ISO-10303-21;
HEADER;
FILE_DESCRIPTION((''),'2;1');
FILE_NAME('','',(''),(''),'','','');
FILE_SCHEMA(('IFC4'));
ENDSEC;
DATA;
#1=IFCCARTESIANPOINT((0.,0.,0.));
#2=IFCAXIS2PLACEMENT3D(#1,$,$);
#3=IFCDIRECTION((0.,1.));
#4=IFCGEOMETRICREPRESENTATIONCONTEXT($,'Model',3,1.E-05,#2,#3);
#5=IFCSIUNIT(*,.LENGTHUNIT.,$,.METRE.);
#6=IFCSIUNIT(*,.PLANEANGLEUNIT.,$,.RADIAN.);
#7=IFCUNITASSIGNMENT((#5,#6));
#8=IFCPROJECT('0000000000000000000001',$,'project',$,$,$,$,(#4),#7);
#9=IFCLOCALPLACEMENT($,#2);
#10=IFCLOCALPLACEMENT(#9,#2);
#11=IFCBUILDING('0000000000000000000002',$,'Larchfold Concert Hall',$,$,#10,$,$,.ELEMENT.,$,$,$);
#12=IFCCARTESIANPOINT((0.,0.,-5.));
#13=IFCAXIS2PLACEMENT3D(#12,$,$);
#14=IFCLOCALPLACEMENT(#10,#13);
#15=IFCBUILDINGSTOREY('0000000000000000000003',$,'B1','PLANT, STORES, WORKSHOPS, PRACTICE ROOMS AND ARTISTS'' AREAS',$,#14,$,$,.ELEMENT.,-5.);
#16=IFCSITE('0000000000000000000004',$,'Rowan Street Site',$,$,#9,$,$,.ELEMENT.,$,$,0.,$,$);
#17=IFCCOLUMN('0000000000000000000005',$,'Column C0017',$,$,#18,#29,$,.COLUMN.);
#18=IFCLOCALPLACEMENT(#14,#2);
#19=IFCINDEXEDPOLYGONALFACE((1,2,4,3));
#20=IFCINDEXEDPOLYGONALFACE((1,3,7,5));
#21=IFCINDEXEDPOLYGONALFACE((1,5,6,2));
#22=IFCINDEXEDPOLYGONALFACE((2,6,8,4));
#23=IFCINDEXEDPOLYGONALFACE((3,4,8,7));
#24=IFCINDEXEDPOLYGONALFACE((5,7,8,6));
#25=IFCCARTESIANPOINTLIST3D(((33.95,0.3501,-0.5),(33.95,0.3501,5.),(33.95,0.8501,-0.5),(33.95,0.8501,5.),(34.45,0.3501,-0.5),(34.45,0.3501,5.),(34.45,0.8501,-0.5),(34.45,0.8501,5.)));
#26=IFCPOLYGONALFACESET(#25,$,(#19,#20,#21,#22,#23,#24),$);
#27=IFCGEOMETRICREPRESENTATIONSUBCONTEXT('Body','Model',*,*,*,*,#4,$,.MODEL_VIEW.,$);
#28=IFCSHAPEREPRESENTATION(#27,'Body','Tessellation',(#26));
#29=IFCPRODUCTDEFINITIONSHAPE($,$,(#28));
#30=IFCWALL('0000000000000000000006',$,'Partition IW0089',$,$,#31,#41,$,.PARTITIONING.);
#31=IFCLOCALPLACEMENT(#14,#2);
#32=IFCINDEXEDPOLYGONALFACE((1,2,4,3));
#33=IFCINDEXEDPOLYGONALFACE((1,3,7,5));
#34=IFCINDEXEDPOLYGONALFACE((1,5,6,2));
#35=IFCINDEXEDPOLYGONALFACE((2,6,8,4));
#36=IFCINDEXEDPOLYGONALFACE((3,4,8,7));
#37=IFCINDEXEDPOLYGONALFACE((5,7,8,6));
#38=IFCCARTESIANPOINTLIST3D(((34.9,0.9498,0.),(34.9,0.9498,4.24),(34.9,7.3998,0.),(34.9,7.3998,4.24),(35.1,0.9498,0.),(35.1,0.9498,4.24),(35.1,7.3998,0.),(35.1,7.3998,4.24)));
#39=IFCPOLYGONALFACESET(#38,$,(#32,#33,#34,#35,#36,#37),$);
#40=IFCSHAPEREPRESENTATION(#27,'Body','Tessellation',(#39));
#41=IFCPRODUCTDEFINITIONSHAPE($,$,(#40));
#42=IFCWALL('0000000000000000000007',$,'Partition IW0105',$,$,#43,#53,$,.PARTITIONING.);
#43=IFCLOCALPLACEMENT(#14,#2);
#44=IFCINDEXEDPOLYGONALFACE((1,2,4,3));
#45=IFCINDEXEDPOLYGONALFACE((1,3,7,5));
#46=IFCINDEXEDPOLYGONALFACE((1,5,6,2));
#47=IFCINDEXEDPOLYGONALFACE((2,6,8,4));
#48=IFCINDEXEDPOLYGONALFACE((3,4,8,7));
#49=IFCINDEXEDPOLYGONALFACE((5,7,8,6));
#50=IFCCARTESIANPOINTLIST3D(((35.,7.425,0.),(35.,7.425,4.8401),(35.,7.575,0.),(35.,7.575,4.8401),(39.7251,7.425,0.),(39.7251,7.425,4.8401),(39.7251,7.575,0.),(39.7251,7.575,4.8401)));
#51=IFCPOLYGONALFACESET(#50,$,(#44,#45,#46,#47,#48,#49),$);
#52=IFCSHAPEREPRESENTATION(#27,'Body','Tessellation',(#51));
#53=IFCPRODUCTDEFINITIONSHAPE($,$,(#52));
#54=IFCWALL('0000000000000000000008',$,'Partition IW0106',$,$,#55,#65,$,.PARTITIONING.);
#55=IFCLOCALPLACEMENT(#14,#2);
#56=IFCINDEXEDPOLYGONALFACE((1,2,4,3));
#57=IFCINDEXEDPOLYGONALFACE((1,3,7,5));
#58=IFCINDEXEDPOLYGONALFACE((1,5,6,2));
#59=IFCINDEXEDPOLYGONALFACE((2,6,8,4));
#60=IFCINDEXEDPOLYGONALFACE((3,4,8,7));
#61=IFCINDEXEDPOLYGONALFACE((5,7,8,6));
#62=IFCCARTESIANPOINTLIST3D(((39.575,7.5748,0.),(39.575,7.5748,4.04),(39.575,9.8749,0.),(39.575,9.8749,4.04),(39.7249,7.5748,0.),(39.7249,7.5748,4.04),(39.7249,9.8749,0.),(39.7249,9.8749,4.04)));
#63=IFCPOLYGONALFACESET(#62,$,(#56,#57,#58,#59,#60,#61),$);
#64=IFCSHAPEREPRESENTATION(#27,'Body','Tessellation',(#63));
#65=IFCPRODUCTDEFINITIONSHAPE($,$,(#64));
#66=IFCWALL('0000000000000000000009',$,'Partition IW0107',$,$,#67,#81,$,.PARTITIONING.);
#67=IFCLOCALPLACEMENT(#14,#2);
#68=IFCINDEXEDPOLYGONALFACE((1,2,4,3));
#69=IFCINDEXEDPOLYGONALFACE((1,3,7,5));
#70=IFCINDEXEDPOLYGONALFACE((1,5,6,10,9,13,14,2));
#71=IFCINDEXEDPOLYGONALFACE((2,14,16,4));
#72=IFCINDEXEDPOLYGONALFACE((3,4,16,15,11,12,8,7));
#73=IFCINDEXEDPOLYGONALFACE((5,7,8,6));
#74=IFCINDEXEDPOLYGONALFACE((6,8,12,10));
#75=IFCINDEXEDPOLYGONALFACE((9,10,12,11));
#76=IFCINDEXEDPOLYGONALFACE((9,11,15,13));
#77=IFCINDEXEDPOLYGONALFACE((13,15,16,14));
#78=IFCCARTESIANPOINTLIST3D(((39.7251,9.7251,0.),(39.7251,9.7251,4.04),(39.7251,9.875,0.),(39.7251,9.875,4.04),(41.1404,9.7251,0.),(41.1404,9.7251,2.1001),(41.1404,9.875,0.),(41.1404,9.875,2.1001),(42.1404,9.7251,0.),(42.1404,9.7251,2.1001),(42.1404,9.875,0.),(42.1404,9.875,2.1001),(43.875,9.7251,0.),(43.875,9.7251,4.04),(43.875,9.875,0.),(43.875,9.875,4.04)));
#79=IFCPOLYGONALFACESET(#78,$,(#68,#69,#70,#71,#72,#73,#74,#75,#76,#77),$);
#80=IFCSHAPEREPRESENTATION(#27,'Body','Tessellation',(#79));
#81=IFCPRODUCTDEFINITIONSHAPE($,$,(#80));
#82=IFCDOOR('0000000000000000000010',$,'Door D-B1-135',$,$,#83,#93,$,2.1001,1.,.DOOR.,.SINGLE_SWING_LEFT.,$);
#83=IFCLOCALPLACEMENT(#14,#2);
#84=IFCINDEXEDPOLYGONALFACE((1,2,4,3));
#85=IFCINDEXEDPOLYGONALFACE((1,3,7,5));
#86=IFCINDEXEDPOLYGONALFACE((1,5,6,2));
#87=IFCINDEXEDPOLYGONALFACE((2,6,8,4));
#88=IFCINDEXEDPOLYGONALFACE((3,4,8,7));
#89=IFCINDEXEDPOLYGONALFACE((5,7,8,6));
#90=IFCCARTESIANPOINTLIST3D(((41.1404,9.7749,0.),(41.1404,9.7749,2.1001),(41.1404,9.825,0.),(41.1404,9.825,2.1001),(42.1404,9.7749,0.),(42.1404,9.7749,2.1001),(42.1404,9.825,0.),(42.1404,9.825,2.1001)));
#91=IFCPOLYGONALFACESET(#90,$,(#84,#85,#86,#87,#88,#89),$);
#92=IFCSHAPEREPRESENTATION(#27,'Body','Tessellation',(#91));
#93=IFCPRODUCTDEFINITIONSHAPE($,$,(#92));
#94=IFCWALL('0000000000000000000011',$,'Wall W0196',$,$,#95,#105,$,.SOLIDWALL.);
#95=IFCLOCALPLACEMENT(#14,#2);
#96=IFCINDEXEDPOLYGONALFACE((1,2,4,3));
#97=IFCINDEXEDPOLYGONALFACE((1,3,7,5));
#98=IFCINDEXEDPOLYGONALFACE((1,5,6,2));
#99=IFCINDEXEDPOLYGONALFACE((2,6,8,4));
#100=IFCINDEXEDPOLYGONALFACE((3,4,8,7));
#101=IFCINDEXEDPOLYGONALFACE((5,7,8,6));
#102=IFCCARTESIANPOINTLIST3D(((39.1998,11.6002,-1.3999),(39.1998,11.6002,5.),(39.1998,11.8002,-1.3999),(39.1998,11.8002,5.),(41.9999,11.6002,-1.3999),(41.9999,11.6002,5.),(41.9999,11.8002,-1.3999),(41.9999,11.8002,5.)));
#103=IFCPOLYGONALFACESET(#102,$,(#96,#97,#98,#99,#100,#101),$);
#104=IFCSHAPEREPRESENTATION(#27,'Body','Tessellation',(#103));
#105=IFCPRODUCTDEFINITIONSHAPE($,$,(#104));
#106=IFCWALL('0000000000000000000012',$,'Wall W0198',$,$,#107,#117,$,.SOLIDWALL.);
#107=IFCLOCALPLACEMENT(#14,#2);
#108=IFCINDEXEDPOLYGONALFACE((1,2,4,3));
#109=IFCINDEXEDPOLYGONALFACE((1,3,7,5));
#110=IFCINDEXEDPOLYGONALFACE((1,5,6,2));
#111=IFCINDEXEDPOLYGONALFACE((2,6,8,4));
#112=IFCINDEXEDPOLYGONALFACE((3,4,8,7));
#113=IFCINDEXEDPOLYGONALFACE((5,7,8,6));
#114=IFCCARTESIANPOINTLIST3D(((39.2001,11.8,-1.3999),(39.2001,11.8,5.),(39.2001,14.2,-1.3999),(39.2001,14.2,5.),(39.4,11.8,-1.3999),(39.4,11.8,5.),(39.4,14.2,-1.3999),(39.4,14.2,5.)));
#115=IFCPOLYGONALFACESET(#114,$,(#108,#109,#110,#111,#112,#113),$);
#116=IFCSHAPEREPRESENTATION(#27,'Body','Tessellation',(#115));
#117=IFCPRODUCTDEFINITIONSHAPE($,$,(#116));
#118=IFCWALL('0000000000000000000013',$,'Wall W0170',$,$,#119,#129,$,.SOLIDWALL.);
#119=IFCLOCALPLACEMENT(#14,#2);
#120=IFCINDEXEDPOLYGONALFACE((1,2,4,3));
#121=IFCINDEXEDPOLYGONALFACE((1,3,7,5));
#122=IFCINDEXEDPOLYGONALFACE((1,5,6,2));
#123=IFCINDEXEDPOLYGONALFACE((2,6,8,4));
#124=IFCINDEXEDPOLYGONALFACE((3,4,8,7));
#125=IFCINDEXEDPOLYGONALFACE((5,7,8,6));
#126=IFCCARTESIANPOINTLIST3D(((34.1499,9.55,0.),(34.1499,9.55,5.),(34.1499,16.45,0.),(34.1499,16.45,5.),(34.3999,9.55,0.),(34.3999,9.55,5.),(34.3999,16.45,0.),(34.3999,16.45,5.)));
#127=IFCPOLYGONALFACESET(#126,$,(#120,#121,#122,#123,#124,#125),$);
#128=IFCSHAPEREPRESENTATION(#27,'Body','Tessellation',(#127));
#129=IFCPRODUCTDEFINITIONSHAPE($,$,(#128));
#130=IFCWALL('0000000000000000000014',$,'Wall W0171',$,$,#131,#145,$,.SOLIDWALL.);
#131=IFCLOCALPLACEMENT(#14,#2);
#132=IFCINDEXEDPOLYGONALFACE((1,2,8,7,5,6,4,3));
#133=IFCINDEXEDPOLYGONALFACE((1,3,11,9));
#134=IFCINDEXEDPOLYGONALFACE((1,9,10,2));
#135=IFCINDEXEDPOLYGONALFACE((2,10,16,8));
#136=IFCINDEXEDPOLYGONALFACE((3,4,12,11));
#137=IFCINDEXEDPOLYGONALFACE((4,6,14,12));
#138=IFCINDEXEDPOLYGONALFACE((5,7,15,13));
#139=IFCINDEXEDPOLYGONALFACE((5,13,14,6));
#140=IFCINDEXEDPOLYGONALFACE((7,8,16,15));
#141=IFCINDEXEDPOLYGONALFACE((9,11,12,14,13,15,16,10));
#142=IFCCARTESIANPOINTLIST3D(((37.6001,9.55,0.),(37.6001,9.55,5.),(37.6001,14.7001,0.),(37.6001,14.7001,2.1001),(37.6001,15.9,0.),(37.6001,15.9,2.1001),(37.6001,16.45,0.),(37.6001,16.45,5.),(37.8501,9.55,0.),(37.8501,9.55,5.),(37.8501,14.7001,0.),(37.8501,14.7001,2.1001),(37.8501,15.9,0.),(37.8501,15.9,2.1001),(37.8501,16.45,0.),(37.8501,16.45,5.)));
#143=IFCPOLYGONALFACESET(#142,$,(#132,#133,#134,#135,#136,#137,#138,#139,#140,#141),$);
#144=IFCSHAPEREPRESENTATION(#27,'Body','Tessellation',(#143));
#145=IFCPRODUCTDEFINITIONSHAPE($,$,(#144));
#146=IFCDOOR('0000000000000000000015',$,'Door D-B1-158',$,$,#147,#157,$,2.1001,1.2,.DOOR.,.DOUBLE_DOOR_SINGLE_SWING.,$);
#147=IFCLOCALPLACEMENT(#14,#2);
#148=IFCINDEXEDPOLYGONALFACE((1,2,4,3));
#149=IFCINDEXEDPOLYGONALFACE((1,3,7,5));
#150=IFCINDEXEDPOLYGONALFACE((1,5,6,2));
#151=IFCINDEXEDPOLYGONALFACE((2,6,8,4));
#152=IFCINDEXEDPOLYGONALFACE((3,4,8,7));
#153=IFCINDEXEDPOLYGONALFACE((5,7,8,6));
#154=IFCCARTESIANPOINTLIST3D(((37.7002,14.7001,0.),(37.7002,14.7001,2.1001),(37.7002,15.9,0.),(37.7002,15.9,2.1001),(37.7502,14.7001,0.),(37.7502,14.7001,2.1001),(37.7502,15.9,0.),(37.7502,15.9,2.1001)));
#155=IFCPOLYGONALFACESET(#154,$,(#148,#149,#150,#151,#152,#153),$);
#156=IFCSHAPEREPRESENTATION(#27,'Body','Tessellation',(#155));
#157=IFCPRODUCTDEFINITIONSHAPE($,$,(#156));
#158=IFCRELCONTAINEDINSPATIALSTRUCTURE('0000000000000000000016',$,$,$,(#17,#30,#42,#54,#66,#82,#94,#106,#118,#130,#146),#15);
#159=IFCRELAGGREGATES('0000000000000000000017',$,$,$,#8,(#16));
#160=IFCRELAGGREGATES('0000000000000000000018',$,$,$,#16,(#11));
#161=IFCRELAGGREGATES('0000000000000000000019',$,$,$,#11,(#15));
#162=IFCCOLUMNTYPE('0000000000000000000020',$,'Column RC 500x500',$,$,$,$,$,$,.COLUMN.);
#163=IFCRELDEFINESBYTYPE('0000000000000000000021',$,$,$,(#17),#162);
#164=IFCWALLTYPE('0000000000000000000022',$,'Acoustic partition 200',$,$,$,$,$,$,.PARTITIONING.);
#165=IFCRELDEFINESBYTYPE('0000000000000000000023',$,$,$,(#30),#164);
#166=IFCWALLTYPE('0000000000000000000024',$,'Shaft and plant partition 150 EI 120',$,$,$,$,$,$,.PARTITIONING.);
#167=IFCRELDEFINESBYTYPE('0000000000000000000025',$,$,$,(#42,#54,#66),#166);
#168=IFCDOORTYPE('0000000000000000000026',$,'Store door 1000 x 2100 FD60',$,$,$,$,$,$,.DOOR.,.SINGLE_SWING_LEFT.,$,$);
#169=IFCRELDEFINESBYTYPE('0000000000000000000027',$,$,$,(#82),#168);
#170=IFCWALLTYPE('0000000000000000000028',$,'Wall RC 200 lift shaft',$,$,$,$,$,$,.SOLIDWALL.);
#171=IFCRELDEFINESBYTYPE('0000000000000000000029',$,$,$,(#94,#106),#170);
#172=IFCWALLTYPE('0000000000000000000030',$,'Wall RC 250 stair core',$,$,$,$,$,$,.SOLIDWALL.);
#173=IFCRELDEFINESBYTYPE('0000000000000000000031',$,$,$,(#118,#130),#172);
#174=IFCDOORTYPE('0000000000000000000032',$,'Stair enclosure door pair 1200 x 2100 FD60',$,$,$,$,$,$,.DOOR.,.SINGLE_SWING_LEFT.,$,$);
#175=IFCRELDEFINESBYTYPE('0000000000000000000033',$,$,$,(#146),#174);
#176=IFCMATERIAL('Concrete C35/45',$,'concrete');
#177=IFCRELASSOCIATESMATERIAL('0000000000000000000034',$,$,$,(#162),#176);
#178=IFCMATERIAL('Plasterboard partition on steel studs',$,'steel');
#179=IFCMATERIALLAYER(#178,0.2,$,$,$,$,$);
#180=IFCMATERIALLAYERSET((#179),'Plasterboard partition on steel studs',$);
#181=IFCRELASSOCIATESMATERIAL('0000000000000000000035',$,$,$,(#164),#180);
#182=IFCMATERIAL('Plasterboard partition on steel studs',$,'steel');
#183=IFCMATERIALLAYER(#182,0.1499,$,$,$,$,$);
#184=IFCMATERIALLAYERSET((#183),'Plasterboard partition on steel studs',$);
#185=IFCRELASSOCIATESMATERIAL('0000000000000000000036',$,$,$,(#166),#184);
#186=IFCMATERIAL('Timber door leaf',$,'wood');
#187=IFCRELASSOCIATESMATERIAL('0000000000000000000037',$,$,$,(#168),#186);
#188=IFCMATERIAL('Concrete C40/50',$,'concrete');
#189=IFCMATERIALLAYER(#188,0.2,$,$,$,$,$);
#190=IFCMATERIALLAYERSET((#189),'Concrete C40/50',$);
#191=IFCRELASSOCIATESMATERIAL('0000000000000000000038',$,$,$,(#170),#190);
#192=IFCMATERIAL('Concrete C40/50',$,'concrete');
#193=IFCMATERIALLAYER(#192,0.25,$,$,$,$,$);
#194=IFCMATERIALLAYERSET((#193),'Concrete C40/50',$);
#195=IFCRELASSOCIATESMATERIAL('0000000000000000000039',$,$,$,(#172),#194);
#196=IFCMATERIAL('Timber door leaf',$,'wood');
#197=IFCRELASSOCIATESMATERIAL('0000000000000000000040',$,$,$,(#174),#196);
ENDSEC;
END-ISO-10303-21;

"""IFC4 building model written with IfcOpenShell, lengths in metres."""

from ifc_helpers import new_model, si_unit, direction, frame, frame_2d, origin, origin_2d, place, context, subcontext, project, spatial, rectangle, extrude, material, layer, layer_set, material_profile, profile_set, type_object, element, fill, save


model = new_model("IFC4")

# Units and contexts
model_context = context("Model", 3, precision=1e-05, world=origin(), true_north=direction((0.0, 1.0)))
body_context = subcontext(model_context, "Body", "Model", "MODEL_VIEW")
ifc_project = project(units=[si_unit("LENGTHUNIT", "METRE"), si_unit("PLANEANGLEUNIT", "RADIAN")], contexts=[model_context])

# Site, building, storey
site_placement = place(None, origin())
site = spatial("IfcSite", under=ifc_project, at=site_placement, Name="Rowan Street Site", CompositionType="ELEMENT", RefElevation=0.0)
building_placement = place(site_placement, origin())
building = spatial("IfcBuilding", under=site, at=building_placement, Name="Larchfold Concert Hall", CompositionType="ELEMENT")
storey_placement = place(building_placement, frame((0.0, 0.0, -5.0)))
storey = spatial("IfcBuildingStorey", under=building, at=storey_placement, Name="B1", Description="PLANT, STORES, WORKSHOPS, PRACTICE ROOMS AND ARTISTS' AREAS", CompositionType="ELEMENT", Elevation=-5.0)

# Column
ifc_material_1 = material(Name="Concrete C35/45", Category="concrete")
ifc_material_profile_1 = material_profile(ifc_material_1, rectangle(XDim=0.5, YDim=0.5, at=origin_2d()))
ifc_profile_set_1 = profile_set([ifc_material_profile_1], Name="Concrete C35/45")
column_type = type_object("IfcColumnType", Name="Column RC 500x500", PredefinedType="COLUMN", material=ifc_profile_set_1)
column_placement = place(storey_placement, frame((34.2, 0.6001, -0.5), z_axis=(0.0, 0.0, 1.0), x_axis=(1.0, 0.0, 0.0)))
element("IfcColumn", 1, at=column_placement, inside=storey, type_object=column_type, Name="Column C0017", PredefinedType="COLUMN", context=body_context, shape_type="SweptSolid", body=[
    extrude(rectangle(XDim=0.5, YDim=0.5, at=origin_2d()), origin(), (0.0, 0.0, 1.0), 5.5),
])

# Walls
ifc_material_2 = material(Name="Plasterboard partition on steel studs", Category="steel")
ifc_layer_1 = layer(ifc_material_2, 0.2)
ifc_layer_set_1 = layer_set([ifc_layer_1], Name="Plasterboard partition on steel studs")
wall_type_1 = type_object("IfcWallType", Name="Acoustic partition 200", PredefinedType="PARTITIONING", material=ifc_layer_set_1)
wall_1_placement = place(storey_placement, frame((35.0, 7.3999, 0.0), z_axis=(0.0, 0.0, 1.0), x_axis=(0.0, -1.0, 0.0)))
element("IfcWall", 2, at=wall_1_placement, inside=storey, type_object=wall_type_1, Name="Partition IW0089", PredefinedType="PARTITIONING", context=body_context, shape_type="SweptSolid", body=[
    extrude(rectangle(XDim=6.45, YDim=0.2, at=frame_2d((3.2251, 0.0))), origin(), (0.0, 0.0, 1.0), 4.24),
])
ifc_material_3 = material(Name="Plasterboard partition on steel studs", Category="steel")
ifc_layer_2 = layer(ifc_material_3, 0.1499)
ifc_layer_set_2 = layer_set([ifc_layer_2], Name="Plasterboard partition on steel studs")
wall_type_2 = type_object("IfcWallType", Name="Shaft and plant partition 150 EI 120", PredefinedType="PARTITIONING", material=ifc_layer_set_2)
wall_2_placement = place(storey_placement, frame((35.0, 7.5, 0.0), z_axis=(0.0, 0.0, 1.0), x_axis=(1.0, 0.0, 0.0)))
element("IfcWall", 3, at=wall_2_placement, inside=storey, type_object=wall_type_2, Name="Partition IW0105", PredefinedType="PARTITIONING", context=body_context, shape_type="SweptSolid", body=[
    extrude(rectangle(XDim=4.7251, YDim=0.1499, at=frame_2d((2.3625, 0.0))), origin(), (0.0, 0.0, 1.0), 4.8401),
])
wall_3_placement = place(storey_placement, frame((39.6499, 7.575, 0.0), z_axis=(0.0, 0.0, 1.0), x_axis=(0.0, 1.0, 0.0)))
element("IfcWall", 4, at=wall_3_placement, inside=storey, type_object=wall_type_2, Name="Partition IW0106", PredefinedType="PARTITIONING", context=body_context, shape_type="SweptSolid", body=[
    extrude(rectangle(XDim=2.3, YDim=0.1499, at=frame_2d((1.1499, 0.0))), origin(), (0.0, 0.0, 1.0), 4.04),
])

# Wall, opening, door
wall_4_placement = place(storey_placement, frame((39.7251, 9.8, 0.0), z_axis=(0.0, 0.0, 1.0), x_axis=(1.0, 0.0, 0.0)))
wall_4 = element("IfcWall", 5, at=wall_4_placement, inside=storey, type_object=wall_type_2, Name="Partition IW0107", PredefinedType="PARTITIONING", context=body_context, shape_type="SweptSolid", body=[
    extrude(rectangle(XDim=4.1499, YDim=0.1499, at=frame_2d((2.075, 0.0))), origin(), (0.0, 0.0, 1.0), 4.04),
])
opening_1_placement = place(wall_4_placement, frame((1.4153, 0.0, 0.0)))
opening_1 = element("IfcOpeningElement", 6, at=opening_1_placement, cuts=wall_4, PredefinedType="OPENING", context=body_context, shape_type="SweptSolid", body=[
    extrude(rectangle(XDim=1.0, YDim=2.1001, at=frame_2d((0.5, 1.05))), frame((0.0, 0.085, 0.0), z_axis=(0.0, -1.0, 0.0), x_axis=(1.0, 0.0, 0.0)), (0.0, 0.0, 1.0), 0.1699),
])
ifc_material_4 = material(Name="Timber door leaf", Category="wood")
door_type_1 = type_object("IfcDoorType", Name="Store door 1000 x 2100 FD60", OperationType="SINGLE_SWING_LEFT", PredefinedType="DOOR", material=ifc_material_4)
door_1_placement = place(opening_1_placement, origin())
door_1 = element("IfcDoor", 7, at=door_1_placement, inside=storey, type_object=door_type_1, Name="Door D-B1-135", OperationType="SINGLE_SWING_LEFT", OverallHeight=2.1001, OverallWidth=1.0, PredefinedType="DOOR", context=body_context, shape_type="SweptSolid", body=[
    extrude(rectangle(XDim=1.0, YDim=2.1001, at=frame_2d((0.5, 1.05))), frame((0.0, 0.0249, 0.0), z_axis=(0.0, -1.0, 0.0), x_axis=(1.0, 0.0, 0.0)), (0.0, 0.0, 1.0), 0.05),
])
fill(opening_1, door_1)

# Walls
ifc_material_5 = material(Name="Concrete C40/50", Category="concrete")
ifc_layer_3 = layer(ifc_material_5, 0.2)
ifc_layer_set_3 = layer_set([ifc_layer_3], Name="Concrete C40/50")
wall_type_3 = type_object("IfcWallType", Name="Wall RC 200 lift shaft", PredefinedType="SOLIDWALL", material=ifc_layer_set_3)
wall_5_placement = place(storey_placement, frame((39.2, 11.7002, -1.3999), z_axis=(0.0, 0.0, 1.0), x_axis=(1.0, 0.0, 0.0)))
element("IfcWall", 8, at=wall_5_placement, inside=storey, type_object=wall_type_3, Name="Wall W0196", PredefinedType="SOLIDWALL", context=body_context, shape_type="SweptSolid", body=[
    extrude(rectangle(XDim=2.8, YDim=0.2, at=frame_2d((1.3999, 0.0))), origin(), (0.0, 0.0, 1.0), 6.3999),
])
wall_6_placement = place(storey_placement, frame((39.3, 11.8, -1.3999), z_axis=(0.0, 0.0, 1.0), x_axis=(0.0, 1.0, 0.0)))
element("IfcWall", 9, at=wall_6_placement, inside=storey, type_object=wall_type_3, Name="Wall W0198", PredefinedType="SOLIDWALL", context=body_context, shape_type="SweptSolid", body=[
    extrude(rectangle(XDim=2.3999, YDim=0.2, at=frame_2d((1.2, 0.0))), origin(), (0.0, 0.0, 1.0), 6.3999),
])
ifc_material_6 = material(Name="Concrete C40/50", Category="concrete")
ifc_layer_4 = layer(ifc_material_6, 0.25)
ifc_layer_set_4 = layer_set([ifc_layer_4], Name="Concrete C40/50")
wall_type_4 = type_object("IfcWallType", Name="Wall RC 250 stair core", PredefinedType="SOLIDWALL", material=ifc_layer_set_4)
wall_7_placement = place(storey_placement, frame((34.2749, 9.55, 0.0), z_axis=(0.0, 0.0, 1.0), x_axis=(0.0, 1.0, 0.0)))
element("IfcWall", 10, at=wall_7_placement, inside=storey, type_object=wall_type_4, Name="Wall W0170", PredefinedType="SOLIDWALL", context=body_context, shape_type="SweptSolid", body=[
    extrude(rectangle(XDim=6.8999, YDim=0.25, at=frame_2d((3.45, 0.0))), origin(), (0.0, 0.0, 1.0), 5.0),
])

# Wall, opening, door
wall_8_placement = place(storey_placement, frame((37.7251, 9.55, 0.0), z_axis=(0.0, 0.0, 1.0), x_axis=(0.0, 1.0, 0.0)))
wall_8 = element("IfcWall", 11, at=wall_8_placement, inside=storey, type_object=wall_type_4, Name="Wall W0171", PredefinedType="SOLIDWALL", context=body_context, shape_type="SweptSolid", body=[
    extrude(rectangle(XDim=6.8999, YDim=0.25, at=frame_2d((3.45, 0.0))), origin(), (0.0, 0.0, 1.0), 5.0),
])
opening_2_placement = place(wall_8_placement, frame((5.1499, 0.0, 0.0)))
opening_2 = element("IfcOpeningElement", 12, at=opening_2_placement, cuts=wall_8, PredefinedType="OPENING", context=body_context, shape_type="SweptSolid", body=[
    extrude(rectangle(XDim=1.2, YDim=2.1001, at=frame_2d((0.6001, 1.05))), frame((0.0, 0.135, 0.0), z_axis=(0.0, -1.0, 0.0), x_axis=(1.0, 0.0, 0.0)), (0.0, 0.0, 1.0), 0.27),
])
ifc_material_7 = material(Name="Timber door leaf", Category="wood")
door_type_2 = type_object("IfcDoorType", Name="Stair enclosure door pair 1200 x 2100 FD60", OperationType="SINGLE_SWING_LEFT", PredefinedType="DOOR", material=ifc_material_7)
door_2_placement = place(opening_2_placement, origin())
door_2 = element("IfcDoor", 13, at=door_2_placement, inside=storey, type_object=door_type_2, Name="Door D-B1-158", OperationType="DOUBLE_DOOR_SINGLE_SWING", OverallHeight=2.1001, OverallWidth=1.2, PredefinedType="DOOR", context=body_context, shape_type="SweptSolid", body=[
    extrude(rectangle(XDim=1.2, YDim=2.1001, at=frame_2d((0.6001, 1.05))), frame((0.0, 0.0249, 0.0), z_axis=(0.0, -1.0, 0.0), x_axis=(1.0, 0.0, 0.0)), (0.0, 0.0, 1.0), 0.05),
])
fill(opening_2, door_2)

save(model, "model.ifc")
